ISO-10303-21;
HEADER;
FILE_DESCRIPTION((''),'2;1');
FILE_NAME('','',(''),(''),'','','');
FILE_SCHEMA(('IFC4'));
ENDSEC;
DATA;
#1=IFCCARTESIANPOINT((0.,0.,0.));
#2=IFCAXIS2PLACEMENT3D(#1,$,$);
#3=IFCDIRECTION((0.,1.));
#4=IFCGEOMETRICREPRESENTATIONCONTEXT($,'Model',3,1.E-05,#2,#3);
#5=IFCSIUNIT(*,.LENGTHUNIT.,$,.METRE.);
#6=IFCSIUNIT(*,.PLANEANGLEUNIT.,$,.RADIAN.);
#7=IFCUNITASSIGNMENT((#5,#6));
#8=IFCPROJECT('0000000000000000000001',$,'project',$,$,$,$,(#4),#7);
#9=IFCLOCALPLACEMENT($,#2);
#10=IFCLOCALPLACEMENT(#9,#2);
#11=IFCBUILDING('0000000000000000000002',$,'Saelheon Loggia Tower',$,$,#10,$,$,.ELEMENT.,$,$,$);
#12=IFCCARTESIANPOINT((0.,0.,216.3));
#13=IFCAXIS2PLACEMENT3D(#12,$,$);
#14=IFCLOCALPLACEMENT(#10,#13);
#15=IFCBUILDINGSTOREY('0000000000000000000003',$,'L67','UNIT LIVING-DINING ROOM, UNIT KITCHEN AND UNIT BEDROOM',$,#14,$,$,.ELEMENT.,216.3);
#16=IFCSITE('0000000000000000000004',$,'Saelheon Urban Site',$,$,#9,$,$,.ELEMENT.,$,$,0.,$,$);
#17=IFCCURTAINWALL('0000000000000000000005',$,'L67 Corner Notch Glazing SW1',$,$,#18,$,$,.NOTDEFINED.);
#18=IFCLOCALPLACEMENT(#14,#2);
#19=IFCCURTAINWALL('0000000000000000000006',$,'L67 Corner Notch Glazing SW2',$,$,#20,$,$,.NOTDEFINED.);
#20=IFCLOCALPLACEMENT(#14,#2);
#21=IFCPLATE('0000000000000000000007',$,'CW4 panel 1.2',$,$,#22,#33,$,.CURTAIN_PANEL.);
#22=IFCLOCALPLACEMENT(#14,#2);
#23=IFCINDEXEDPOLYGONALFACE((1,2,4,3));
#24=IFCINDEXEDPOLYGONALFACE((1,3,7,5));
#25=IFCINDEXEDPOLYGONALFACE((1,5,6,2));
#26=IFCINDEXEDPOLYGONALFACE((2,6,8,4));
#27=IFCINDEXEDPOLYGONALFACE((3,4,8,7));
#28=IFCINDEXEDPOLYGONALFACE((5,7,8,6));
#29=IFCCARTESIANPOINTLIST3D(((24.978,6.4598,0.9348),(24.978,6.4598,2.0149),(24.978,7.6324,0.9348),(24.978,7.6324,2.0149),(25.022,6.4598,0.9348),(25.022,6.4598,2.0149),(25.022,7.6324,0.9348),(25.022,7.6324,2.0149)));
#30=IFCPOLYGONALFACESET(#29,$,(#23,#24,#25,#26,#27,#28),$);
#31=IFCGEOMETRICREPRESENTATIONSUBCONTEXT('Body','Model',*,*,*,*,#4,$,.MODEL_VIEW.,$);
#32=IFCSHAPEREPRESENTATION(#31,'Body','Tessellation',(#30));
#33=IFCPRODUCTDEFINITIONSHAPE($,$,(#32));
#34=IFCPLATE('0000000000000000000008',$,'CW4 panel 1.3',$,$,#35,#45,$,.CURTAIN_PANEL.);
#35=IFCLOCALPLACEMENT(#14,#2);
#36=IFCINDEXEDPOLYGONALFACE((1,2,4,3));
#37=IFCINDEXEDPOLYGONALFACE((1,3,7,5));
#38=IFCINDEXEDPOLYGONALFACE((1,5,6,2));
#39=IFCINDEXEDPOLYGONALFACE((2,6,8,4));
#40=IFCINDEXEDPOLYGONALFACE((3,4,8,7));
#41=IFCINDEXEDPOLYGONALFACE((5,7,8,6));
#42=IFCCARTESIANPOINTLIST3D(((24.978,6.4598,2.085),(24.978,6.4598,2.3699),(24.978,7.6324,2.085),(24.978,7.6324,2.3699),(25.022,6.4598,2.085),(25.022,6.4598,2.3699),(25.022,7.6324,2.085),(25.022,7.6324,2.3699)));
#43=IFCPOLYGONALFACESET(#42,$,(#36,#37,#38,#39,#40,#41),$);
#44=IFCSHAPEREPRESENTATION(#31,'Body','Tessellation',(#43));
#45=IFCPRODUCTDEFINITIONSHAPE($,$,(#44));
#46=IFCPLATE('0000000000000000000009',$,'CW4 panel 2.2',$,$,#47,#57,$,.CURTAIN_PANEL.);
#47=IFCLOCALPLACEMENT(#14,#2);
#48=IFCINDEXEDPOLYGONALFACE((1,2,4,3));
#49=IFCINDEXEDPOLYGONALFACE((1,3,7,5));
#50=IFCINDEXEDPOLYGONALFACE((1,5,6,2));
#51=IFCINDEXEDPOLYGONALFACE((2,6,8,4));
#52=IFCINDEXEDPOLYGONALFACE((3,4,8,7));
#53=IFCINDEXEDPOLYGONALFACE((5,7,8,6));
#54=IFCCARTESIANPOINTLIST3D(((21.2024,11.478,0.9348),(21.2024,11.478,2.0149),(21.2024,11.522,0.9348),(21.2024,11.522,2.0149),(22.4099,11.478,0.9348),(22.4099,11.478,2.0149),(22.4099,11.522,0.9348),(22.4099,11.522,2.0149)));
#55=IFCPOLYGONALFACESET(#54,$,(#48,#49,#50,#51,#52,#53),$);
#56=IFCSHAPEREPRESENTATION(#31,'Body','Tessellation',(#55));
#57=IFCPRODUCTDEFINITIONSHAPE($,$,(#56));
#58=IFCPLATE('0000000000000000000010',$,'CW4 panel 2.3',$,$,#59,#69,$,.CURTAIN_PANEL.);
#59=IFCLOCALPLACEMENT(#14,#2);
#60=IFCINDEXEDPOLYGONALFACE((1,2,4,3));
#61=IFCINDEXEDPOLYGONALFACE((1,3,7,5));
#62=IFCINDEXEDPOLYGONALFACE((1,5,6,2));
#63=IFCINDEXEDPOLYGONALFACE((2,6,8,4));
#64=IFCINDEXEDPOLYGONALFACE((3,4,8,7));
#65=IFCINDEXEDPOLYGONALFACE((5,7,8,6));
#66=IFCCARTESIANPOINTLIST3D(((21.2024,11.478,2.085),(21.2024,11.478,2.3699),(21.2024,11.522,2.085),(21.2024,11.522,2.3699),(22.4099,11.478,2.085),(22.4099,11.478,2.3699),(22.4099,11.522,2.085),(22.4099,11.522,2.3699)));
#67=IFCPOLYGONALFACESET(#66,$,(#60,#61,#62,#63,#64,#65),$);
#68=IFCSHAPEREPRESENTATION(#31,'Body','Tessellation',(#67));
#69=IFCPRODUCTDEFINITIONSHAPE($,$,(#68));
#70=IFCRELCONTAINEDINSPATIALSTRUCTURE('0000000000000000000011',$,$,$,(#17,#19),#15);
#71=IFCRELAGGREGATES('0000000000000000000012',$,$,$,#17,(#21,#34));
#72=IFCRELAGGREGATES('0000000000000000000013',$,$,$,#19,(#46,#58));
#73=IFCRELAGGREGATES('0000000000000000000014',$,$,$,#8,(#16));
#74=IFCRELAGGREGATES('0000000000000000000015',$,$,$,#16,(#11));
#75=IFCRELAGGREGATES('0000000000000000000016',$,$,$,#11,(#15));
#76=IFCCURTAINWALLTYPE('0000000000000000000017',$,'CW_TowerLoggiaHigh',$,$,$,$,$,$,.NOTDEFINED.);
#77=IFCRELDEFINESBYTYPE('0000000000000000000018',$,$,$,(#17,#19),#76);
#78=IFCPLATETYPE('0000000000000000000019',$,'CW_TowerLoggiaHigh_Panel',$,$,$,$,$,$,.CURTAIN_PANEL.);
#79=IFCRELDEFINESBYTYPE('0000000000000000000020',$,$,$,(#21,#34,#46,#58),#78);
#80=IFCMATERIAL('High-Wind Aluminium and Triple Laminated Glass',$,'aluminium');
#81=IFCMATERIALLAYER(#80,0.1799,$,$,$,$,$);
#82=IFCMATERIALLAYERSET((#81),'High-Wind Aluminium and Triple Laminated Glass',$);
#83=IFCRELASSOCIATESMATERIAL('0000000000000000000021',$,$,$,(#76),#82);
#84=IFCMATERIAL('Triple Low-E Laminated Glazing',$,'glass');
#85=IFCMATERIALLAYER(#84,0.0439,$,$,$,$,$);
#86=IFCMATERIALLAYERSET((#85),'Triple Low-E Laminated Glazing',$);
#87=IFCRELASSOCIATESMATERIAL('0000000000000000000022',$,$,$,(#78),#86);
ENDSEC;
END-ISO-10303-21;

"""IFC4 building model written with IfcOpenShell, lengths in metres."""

from ifc_helpers import new_model, si_unit, direction, frame, origin, origin_2d, place, context, subcontext, project, spatial, rectangle, extrude, source, transform, mapped, material, layer, layer_set, type_object, element, aggregate, save


model = new_model("IFC4")

# Units and contexts
model_context = context("Model", 3, precision=1e-05, world=origin(), true_north=direction((0.0, 1.0)))
body_context = subcontext(model_context, "Body", "Model", "MODEL_VIEW")
ifc_project = project(units=[si_unit("LENGTHUNIT", "METRE"), si_unit("PLANEANGLEUNIT", "RADIAN")], contexts=[model_context])

# Site, building, storey
site_placement = place(None, origin())
site = spatial("IfcSite", under=ifc_project, at=site_placement, Name="Saelheon Urban Site", CompositionType="ELEMENT", RefElevation=0.0)
building_placement = place(site_placement, origin())
building = spatial("IfcBuilding", under=site, at=building_placement, Name="Saelheon Loggia Tower", CompositionType="ELEMENT")
storey_placement = place(building_placement, frame((0.0, 0.0, 216.3)))
storey = spatial("IfcBuildingStorey", under=building, at=storey_placement, Name="L67", Description="UNIT LIVING-DINING ROOM, UNIT KITCHEN AND UNIT BEDROOM", CompositionType="ELEMENT", Elevation=216.3)

# Curtain wall
ifc_material_1 = material(Name="High-Wind Aluminium and Triple Laminated Glass", Category="aluminium")
ifc_layer_1 = layer(ifc_material_1, 0.1799)
ifc_layer_set_1 = layer_set([ifc_layer_1], Name="High-Wind Aluminium and Triple Laminated Glass")
curtain_wall_type = type_object("IfcCurtainWallType", Name="CW_TowerLoggiaHigh", PredefinedType="NOTDEFINED", material=ifc_layer_set_1)
curtain_wall_1_placement = place(storey_placement, origin())
curtain_wall_1 = element("IfcCurtainWall", 1, at=curtain_wall_1_placement, inside=storey, type_object=curtain_wall_type, Name="L67 Corner Notch Glazing SW1", PredefinedType="NOTDEFINED")

# Curtain wall
curtain_wall_2_placement = place(storey_placement, origin())
curtain_wall_2 = element("IfcCurtainWall", 2, at=curtain_wall_2_placement, inside=storey, type_object=curtain_wall_type, Name="L67 Corner Notch Glazing SW2", PredefinedType="NOTDEFINED")

# Plates
ifc_material_2 = material(Name="Triple Low-E Laminated Glazing", Category="glass")
ifc_layer_2 = layer(ifc_material_2, 0.0439)
ifc_layer_set_2 = layer_set([ifc_layer_2], Name="Triple Low-E Laminated Glazing")
plate_type = type_object("IfcPlateType", Name="CW_TowerLoggiaHigh_Panel", PredefinedType="CURTAIN_PANEL", material=ifc_layer_set_2)
shared_shape_1 = source(origin(), body_context, "Body", "SweptSolid", [
    extrude(rectangle(XDim=1.1726, YDim=0.0439, at=origin_2d()), origin(), (0.0, 0.0, 1.0), 1.0801),
])
plate_1_placement = place(storey_placement, frame((25.0, 7.0461, 0.9348), z_axis=(0.0, 0.0, 1.0), x_axis=(0.0, 1.0, 0.0)))
plate_1 = element("IfcPlate", 3, at=plate_1_placement, type_object=plate_type, Name="CW4 panel 1.2", PredefinedType="CURTAIN_PANEL", context=body_context, shape_type="MappedRepresentation", body=[
    mapped(shared_shape_1, transform((0.0, 0.0, 0.0), scale=1.0)),
])
shared_shape_2 = source(origin(), body_context, "Body", "SweptSolid", [
    extrude(rectangle(XDim=1.1726, YDim=0.0439, at=origin_2d()), origin(), (0.0, 0.0, 1.0), 0.2849),
])
plate_2_placement = place(storey_placement, frame((25.0, 7.0461, 2.085), z_axis=(0.0, 0.0, 1.0), x_axis=(0.0, 1.0, 0.0)))
plate_2 = element("IfcPlate", 4, at=plate_2_placement, type_object=plate_type, Name="CW4 panel 1.3", PredefinedType="CURTAIN_PANEL", context=body_context, shape_type="MappedRepresentation", body=[
    mapped(shared_shape_2, transform((0.0, 0.0, 0.0), scale=1.0)),
])
aggregate(curtain_wall_1, [plate_1, plate_2])
shared_shape_3 = source(origin(), body_context, "Body", "SweptSolid", [
    extrude(rectangle(XDim=1.2075, YDim=0.0439, at=origin_2d()), origin(), (0.0, 0.0, 1.0), 1.0801),
])
plate_3_placement = place(storey_placement, frame((21.8062, 11.5, 0.9348), z_axis=(0.0, 0.0, 1.0), x_axis=(1.0, 0.0, 0.0)))
plate_3 = element("IfcPlate", 5, at=plate_3_placement, type_object=plate_type, Name="CW4 panel 2.2", PredefinedType="CURTAIN_PANEL", context=body_context, shape_type="MappedRepresentation", body=[
    mapped(shared_shape_3, transform((0.0, 0.0, 0.0), scale=1.0)),
])
shared_shape_4 = source(origin(), body_context, "Body", "SweptSolid", [
    extrude(rectangle(XDim=1.2075, YDim=0.0439, at=origin_2d()), origin(), (0.0, 0.0, 1.0), 0.2849),
])
plate_4_placement = place(storey_placement, frame((21.8062, 11.5, 2.085), z_axis=(0.0, 0.0, 1.0), x_axis=(1.0, 0.0, 0.0)))
plate_4 = element("IfcPlate", 6, at=plate_4_placement, type_object=plate_type, Name="CW4 panel 2.3", PredefinedType="CURTAIN_PANEL", context=body_context, shape_type="MappedRepresentation", body=[
    mapped(shared_shape_4, transform((0.0, 0.0, 0.0), scale=1.0)),
])
aggregate(curtain_wall_2, [plate_3, plate_4])

save(model, "model.ifc")
